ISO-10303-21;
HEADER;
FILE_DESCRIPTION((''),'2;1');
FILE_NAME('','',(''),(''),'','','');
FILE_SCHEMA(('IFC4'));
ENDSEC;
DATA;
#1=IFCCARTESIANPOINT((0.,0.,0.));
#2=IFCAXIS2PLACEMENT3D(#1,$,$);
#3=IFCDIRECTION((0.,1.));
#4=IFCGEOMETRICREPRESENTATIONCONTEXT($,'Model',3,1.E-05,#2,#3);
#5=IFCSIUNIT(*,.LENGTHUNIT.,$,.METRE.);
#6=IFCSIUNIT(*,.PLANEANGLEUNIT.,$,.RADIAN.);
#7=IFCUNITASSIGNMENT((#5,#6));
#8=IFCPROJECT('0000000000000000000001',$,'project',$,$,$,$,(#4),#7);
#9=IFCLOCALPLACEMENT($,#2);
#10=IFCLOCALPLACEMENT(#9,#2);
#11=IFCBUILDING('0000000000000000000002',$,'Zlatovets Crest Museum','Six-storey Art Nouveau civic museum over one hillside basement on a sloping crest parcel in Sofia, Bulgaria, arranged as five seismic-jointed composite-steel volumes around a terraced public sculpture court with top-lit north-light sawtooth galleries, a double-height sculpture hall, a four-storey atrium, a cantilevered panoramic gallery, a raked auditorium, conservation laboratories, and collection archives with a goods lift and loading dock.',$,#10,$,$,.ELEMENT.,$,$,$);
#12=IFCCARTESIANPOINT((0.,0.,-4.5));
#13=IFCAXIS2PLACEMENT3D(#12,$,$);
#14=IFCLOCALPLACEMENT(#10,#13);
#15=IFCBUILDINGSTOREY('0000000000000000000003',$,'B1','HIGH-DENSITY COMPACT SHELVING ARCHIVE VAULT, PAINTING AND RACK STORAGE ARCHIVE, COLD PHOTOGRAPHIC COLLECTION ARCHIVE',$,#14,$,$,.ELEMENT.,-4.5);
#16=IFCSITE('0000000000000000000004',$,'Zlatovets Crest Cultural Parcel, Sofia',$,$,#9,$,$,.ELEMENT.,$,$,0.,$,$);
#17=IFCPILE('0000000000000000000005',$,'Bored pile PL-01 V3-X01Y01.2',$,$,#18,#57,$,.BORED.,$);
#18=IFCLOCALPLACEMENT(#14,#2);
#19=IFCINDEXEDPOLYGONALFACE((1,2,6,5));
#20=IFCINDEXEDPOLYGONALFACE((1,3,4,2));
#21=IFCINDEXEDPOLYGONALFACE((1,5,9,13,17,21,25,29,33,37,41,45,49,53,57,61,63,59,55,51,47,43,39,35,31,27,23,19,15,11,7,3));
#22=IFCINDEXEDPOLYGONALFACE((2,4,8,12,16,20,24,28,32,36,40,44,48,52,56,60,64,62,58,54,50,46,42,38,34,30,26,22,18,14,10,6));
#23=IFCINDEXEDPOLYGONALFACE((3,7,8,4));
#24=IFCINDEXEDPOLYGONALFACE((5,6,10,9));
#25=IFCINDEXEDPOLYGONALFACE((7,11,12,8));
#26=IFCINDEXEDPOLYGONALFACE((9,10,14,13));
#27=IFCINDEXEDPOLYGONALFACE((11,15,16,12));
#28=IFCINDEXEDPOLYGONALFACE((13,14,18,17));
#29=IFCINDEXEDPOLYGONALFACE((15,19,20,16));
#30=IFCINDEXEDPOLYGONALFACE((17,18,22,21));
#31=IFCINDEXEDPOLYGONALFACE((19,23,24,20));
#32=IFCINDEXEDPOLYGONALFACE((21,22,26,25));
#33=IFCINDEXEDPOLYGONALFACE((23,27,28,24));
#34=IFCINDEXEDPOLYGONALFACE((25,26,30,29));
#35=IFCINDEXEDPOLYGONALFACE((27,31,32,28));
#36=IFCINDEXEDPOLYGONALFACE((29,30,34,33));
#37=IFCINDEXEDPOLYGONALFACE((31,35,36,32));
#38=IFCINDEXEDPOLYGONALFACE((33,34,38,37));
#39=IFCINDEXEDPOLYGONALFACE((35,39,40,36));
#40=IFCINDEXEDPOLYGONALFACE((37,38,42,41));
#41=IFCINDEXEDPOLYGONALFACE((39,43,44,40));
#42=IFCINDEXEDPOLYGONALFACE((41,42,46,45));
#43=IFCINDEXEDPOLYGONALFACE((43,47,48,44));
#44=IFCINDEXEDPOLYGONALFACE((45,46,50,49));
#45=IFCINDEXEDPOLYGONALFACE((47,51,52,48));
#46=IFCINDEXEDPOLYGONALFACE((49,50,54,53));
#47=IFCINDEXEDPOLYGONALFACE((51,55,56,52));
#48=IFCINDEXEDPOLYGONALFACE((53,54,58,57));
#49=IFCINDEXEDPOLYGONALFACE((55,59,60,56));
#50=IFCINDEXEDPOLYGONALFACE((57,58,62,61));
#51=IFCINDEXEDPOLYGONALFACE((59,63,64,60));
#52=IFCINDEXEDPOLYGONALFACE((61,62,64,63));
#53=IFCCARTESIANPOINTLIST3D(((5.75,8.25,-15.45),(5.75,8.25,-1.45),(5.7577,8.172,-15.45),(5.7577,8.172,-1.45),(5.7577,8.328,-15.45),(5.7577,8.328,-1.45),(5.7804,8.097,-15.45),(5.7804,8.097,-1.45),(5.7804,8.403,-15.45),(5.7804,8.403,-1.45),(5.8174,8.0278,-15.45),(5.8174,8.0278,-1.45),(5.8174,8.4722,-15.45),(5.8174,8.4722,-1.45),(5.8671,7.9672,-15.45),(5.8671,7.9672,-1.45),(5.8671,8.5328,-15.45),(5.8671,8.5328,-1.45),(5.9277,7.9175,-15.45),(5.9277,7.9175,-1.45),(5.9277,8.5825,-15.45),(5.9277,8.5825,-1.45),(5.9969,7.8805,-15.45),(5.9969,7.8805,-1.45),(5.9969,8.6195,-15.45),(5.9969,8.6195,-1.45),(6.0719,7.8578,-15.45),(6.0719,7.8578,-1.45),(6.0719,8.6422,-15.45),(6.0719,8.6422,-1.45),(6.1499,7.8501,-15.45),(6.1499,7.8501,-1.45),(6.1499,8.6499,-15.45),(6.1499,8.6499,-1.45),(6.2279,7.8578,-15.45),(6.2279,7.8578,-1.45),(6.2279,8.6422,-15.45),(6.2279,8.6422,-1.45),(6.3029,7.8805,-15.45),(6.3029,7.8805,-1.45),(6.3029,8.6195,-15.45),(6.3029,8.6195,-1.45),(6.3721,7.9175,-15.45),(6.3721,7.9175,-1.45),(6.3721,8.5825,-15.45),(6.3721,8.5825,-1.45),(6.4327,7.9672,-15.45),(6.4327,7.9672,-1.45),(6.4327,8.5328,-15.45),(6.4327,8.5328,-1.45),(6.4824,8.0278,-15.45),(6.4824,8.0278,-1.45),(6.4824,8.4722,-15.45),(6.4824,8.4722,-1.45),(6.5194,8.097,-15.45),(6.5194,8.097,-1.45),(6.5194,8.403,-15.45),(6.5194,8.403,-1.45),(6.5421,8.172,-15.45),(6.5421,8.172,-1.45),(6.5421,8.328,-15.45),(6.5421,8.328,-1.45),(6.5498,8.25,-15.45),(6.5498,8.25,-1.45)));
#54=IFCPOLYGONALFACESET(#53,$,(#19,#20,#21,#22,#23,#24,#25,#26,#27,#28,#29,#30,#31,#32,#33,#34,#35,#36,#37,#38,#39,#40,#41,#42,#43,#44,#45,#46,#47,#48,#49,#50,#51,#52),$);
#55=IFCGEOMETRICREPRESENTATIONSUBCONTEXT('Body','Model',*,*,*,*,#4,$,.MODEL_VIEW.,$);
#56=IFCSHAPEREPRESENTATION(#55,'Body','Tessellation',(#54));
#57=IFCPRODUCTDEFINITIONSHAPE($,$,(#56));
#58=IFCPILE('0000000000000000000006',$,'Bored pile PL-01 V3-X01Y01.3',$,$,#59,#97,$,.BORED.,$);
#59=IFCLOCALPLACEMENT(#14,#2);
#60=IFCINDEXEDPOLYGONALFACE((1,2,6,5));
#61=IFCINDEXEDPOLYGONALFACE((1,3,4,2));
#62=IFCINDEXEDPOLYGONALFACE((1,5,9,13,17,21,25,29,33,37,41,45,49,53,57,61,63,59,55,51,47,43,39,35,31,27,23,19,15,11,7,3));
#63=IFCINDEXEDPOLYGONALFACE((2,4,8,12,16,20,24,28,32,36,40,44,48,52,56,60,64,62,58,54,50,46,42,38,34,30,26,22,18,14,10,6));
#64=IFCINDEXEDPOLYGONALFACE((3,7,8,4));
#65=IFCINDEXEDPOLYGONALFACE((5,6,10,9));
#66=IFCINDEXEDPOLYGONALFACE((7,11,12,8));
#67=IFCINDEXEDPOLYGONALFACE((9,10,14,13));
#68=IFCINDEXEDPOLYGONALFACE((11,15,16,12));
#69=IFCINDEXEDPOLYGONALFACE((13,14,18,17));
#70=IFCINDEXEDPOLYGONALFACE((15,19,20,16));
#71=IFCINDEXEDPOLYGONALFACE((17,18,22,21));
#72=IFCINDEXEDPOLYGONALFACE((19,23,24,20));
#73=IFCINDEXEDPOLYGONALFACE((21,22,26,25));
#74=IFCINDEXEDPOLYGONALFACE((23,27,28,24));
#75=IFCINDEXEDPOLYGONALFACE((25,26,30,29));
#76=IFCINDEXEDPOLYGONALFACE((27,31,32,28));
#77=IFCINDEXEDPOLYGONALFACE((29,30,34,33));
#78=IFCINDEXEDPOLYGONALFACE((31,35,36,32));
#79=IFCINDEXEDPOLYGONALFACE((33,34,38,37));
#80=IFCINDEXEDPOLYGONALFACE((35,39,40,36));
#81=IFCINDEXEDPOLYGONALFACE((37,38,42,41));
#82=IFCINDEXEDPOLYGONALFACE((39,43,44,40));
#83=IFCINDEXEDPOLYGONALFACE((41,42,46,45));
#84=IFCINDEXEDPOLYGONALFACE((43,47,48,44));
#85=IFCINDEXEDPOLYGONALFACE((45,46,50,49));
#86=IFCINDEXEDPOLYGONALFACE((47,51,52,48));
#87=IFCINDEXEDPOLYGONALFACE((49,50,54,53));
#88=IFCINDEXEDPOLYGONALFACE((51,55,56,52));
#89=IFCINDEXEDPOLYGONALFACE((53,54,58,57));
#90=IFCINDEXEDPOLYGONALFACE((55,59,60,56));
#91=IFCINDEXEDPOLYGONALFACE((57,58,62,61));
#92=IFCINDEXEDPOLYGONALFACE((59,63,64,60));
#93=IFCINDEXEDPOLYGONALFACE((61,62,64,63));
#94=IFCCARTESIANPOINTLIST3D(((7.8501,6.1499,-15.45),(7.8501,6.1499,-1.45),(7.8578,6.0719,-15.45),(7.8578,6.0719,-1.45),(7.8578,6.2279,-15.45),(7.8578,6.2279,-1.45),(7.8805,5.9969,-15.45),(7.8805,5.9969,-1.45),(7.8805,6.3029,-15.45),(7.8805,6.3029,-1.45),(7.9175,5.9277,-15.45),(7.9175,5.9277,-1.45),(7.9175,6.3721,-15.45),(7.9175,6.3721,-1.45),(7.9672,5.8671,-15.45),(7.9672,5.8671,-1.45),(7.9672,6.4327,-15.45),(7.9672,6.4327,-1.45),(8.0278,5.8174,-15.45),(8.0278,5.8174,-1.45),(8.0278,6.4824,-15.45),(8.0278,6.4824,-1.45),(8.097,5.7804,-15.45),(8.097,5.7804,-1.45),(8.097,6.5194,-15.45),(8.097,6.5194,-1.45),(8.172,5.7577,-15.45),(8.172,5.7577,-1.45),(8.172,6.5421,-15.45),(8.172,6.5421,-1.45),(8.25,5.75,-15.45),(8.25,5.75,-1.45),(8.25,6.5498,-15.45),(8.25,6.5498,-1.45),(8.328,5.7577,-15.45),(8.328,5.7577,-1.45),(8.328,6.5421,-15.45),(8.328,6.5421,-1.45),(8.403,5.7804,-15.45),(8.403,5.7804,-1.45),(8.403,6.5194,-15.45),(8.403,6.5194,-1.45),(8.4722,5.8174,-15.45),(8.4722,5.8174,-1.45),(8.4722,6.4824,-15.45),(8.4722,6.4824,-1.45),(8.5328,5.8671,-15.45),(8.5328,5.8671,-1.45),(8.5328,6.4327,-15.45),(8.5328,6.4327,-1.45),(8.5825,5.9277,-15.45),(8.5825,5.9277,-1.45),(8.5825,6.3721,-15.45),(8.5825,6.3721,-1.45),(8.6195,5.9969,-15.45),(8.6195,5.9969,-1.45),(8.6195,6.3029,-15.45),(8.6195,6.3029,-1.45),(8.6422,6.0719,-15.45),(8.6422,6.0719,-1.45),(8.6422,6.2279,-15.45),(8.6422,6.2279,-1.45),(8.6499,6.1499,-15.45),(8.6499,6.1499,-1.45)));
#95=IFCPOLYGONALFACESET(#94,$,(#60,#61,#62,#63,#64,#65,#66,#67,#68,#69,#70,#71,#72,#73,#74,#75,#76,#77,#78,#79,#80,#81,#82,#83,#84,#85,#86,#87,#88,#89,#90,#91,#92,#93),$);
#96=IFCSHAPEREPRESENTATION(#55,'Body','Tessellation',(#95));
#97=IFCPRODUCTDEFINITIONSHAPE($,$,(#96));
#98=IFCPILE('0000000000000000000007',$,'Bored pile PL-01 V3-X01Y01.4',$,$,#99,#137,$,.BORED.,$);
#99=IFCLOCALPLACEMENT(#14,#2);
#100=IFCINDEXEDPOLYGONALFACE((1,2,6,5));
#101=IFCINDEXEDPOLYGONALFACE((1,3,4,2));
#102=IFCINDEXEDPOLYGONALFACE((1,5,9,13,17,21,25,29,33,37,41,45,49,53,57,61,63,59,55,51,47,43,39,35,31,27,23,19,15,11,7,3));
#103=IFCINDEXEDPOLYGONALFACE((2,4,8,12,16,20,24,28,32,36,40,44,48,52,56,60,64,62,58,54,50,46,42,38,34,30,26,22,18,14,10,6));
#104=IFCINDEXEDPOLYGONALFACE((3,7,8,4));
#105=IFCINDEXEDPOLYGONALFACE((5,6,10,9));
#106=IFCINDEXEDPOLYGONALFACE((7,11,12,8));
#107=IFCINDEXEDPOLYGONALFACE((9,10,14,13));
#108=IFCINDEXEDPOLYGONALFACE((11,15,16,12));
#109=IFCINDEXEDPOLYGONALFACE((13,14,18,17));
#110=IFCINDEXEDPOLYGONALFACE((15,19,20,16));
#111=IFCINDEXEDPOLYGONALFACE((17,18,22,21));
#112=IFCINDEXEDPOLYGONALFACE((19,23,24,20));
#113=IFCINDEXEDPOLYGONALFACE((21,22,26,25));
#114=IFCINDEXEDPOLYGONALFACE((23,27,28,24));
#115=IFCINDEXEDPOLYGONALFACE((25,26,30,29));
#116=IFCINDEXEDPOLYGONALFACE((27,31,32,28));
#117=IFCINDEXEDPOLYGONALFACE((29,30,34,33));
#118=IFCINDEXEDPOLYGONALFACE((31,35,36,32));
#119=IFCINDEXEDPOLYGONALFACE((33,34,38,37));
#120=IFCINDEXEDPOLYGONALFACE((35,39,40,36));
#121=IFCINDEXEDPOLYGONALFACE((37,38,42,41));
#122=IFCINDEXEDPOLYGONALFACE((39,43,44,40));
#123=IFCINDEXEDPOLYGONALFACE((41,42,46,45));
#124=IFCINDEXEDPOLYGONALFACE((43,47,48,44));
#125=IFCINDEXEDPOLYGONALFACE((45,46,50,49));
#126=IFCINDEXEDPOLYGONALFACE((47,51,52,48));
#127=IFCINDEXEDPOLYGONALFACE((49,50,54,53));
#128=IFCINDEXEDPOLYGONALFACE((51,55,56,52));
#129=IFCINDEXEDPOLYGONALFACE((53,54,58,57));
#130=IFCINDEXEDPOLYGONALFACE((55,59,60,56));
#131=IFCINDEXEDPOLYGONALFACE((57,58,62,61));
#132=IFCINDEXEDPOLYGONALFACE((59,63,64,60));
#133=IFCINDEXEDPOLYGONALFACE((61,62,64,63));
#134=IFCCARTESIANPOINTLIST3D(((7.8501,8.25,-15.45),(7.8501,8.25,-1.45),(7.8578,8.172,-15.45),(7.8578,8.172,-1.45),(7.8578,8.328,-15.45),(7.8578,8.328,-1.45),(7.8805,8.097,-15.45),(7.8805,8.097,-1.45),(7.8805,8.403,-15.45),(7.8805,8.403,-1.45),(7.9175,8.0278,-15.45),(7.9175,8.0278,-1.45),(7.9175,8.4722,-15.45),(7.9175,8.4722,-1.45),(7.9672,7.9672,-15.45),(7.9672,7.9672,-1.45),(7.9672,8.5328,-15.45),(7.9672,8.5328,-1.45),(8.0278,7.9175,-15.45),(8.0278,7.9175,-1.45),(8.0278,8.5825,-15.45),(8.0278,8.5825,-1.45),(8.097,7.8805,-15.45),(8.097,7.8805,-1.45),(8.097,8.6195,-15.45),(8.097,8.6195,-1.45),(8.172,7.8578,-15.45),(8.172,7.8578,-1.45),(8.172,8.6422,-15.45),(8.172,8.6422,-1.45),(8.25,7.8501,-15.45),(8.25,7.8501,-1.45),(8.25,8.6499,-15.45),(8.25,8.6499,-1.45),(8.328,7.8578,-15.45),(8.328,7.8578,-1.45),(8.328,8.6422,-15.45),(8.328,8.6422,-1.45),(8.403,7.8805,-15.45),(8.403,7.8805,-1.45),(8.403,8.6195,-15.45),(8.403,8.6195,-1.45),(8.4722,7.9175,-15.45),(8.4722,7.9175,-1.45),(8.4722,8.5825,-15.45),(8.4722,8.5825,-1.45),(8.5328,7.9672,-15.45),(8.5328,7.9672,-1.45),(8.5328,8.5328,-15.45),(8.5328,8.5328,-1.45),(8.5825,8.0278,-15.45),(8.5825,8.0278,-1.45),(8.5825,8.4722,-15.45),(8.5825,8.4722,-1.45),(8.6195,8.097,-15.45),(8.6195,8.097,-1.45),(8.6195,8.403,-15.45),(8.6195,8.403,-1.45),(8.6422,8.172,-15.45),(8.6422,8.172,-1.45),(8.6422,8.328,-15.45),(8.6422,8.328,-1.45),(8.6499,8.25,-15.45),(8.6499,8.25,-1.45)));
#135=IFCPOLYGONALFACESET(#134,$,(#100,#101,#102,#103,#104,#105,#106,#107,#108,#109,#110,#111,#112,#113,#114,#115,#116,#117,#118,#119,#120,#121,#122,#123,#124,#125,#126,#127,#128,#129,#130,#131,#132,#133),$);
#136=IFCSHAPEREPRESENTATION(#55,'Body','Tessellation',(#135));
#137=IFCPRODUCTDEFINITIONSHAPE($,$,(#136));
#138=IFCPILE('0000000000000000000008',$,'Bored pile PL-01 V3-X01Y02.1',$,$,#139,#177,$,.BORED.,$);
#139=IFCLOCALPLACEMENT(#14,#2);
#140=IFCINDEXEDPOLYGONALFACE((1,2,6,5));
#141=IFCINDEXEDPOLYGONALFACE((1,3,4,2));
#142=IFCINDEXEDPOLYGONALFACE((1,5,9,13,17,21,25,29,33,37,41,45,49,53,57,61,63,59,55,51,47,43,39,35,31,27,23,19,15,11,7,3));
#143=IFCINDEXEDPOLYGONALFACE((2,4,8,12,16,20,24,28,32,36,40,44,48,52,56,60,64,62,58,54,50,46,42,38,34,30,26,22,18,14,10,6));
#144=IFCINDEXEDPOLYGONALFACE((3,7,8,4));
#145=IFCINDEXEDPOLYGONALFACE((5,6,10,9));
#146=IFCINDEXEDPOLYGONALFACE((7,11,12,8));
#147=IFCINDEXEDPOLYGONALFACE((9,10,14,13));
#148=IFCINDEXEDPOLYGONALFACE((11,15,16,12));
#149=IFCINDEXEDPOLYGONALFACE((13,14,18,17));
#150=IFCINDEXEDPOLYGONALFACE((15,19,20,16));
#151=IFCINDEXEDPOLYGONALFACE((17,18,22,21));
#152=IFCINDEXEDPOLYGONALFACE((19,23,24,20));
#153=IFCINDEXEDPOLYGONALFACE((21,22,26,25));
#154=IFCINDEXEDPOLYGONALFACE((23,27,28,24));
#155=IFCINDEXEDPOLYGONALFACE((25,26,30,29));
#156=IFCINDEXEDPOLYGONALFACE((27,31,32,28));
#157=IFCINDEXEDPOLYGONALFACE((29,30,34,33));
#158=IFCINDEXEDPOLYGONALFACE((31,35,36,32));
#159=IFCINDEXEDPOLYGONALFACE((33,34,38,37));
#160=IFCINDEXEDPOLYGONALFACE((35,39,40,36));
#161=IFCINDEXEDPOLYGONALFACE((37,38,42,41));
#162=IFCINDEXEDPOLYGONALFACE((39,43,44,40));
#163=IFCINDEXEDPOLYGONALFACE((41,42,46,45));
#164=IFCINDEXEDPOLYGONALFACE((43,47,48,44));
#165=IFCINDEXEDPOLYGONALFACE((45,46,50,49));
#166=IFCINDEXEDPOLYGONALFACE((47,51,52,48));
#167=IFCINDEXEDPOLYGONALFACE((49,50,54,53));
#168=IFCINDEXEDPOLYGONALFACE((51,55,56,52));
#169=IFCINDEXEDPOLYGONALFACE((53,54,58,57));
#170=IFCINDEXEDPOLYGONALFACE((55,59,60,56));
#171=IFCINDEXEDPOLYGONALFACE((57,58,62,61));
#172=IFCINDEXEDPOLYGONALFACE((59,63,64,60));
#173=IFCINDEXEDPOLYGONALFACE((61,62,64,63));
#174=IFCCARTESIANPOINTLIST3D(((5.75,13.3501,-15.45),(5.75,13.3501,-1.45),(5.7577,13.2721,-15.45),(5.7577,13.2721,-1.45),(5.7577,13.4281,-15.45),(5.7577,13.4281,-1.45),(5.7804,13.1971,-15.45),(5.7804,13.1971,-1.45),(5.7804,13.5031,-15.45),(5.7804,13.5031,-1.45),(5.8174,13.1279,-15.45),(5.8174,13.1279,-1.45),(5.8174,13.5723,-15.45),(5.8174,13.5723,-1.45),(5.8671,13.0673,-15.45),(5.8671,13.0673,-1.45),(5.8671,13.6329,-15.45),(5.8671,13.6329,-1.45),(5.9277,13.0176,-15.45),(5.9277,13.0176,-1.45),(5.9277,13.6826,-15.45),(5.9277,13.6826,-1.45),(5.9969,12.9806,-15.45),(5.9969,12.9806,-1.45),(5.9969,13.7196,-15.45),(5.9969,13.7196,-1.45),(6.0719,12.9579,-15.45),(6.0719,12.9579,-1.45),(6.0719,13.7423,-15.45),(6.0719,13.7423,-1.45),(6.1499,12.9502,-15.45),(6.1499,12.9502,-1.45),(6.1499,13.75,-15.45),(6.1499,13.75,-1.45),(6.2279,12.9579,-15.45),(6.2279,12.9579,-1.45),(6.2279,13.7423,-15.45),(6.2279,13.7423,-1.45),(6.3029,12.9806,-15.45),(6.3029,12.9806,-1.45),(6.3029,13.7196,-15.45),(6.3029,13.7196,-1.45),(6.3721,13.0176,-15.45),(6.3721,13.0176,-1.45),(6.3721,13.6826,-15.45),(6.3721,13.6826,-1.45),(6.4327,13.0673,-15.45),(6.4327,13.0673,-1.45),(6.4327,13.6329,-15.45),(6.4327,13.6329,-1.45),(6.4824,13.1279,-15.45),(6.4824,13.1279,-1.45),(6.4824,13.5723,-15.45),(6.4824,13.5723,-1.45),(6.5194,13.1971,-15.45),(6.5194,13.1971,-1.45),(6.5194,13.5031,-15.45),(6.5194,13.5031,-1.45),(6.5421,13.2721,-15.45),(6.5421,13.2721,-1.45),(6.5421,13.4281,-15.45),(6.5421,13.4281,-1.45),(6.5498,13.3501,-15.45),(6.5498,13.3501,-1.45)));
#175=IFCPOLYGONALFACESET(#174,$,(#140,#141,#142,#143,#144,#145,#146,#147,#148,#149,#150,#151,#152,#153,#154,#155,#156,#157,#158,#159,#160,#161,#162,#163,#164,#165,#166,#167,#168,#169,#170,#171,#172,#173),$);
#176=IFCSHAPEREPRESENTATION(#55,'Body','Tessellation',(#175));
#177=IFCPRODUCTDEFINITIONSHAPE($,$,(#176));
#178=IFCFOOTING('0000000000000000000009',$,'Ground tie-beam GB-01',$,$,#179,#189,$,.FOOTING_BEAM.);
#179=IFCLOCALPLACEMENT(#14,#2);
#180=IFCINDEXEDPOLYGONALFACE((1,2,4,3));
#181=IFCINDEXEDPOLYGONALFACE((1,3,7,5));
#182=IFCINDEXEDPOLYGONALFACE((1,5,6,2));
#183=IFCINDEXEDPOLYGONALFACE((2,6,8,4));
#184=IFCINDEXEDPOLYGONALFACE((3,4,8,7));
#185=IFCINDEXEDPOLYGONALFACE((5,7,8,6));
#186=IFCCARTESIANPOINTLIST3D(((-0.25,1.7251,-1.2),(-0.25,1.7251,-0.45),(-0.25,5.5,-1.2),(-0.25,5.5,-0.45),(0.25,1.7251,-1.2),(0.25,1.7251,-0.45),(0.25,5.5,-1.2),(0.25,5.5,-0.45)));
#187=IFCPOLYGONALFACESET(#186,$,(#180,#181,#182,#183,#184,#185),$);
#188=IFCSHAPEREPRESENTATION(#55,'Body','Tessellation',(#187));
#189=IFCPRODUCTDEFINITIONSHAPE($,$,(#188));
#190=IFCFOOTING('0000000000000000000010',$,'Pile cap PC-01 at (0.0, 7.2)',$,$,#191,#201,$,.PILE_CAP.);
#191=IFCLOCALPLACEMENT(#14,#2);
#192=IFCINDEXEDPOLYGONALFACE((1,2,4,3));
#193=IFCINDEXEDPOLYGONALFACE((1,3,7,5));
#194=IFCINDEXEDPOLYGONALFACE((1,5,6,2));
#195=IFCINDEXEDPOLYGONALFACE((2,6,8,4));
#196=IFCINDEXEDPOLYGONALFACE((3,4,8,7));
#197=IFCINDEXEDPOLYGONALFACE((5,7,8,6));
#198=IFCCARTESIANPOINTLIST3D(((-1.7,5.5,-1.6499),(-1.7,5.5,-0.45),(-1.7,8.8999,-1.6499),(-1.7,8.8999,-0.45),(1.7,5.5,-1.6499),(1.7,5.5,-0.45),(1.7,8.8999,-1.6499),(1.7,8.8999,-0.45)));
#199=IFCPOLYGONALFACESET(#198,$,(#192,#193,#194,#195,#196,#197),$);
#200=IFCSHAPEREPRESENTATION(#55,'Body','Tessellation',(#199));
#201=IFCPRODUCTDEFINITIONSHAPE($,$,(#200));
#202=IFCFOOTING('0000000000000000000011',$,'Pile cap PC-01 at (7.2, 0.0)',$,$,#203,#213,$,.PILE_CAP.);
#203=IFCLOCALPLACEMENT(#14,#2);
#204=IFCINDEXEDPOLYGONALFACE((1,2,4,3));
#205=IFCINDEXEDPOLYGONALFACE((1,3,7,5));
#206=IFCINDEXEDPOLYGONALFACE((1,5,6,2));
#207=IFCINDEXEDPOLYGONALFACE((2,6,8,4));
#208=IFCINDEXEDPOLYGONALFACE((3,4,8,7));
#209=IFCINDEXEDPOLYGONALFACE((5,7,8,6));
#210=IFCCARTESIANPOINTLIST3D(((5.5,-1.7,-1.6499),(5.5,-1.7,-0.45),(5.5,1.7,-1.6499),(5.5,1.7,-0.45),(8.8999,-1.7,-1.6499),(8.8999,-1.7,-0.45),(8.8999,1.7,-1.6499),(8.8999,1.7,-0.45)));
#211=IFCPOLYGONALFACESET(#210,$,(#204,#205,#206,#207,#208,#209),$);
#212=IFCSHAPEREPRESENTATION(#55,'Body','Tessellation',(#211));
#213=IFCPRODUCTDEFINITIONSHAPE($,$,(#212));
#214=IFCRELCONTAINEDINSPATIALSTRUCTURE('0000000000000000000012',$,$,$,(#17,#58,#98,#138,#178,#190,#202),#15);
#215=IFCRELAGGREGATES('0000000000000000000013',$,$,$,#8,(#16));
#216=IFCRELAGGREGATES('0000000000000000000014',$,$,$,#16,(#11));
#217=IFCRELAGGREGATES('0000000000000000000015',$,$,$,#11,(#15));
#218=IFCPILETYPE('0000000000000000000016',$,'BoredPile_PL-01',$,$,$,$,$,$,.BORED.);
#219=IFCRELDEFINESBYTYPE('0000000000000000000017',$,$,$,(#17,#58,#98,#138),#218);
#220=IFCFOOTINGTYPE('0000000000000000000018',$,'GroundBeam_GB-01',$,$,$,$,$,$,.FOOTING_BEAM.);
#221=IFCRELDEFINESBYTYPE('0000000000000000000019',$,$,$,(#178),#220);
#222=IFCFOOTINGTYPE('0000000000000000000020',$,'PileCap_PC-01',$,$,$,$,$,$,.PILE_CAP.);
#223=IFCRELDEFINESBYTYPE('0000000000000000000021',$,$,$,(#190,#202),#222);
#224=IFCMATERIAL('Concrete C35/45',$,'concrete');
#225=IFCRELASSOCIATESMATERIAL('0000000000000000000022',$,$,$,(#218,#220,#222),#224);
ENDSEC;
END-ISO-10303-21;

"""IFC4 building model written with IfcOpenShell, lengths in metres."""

from ifc_helpers import new_model, si_unit, direction, frame, origin, origin_2d, place, context, subcontext, project, spatial, rectangle, circle, extrude, material, material_profile, profile_set, type_object, element, save


model = new_model("IFC4")

# Units and contexts
model_context = context("Model", 3, precision=1e-05, world=origin(), true_north=direction((0.0, 1.0)))
body_context = subcontext(model_context, "Body", "Model", "MODEL_VIEW")
ifc_project = project(units=[si_unit("LENGTHUNIT", "METRE"), si_unit("PLANEANGLEUNIT", "RADIAN")], contexts=[model_context])

# Site, building, storey
site_placement = place(None, origin())
site = spatial("IfcSite", under=ifc_project, at=site_placement, Name="Zlatovets Crest Cultural Parcel, Sofia", CompositionType="ELEMENT", RefElevation=0.0)
building_placement = place(site_placement, origin())
building = spatial("IfcBuilding", under=site, at=building_placement, Name="Zlatovets Crest Museum", Description="Six-storey Art Nouveau civic museum over one hillside basement on a sloping crest parcel in Sofia, Bulgaria, arranged as five seismic-jointed composite-steel volumes around a terraced public sculpture court with top-lit north-light sawtooth galleries, a double-height sculpture hall, a four-storey atrium, a cantilevered panoramic gallery, a raked auditorium, conservation laboratories, and collection archives with a goods lift and loading dock.", CompositionType="ELEMENT")
storey_placement = place(building_placement, frame((0.0, 0.0, -4.5)))
storey = spatial("IfcBuildingStorey", under=building, at=storey_placement, Name="B1", Description="HIGH-DENSITY COMPACT SHELVING ARCHIVE VAULT, PAINTING AND RACK STORAGE ARCHIVE, COLD PHOTOGRAPHIC COLLECTION ARCHIVE", CompositionType="ELEMENT", Elevation=-4.5)

# Piles
ifc_material_1 = material(Name="Concrete C35/45", Category="concrete")
ifc_material_profile_1 = material_profile(ifc_material_1, circle(Radius=0.3999, at=origin_2d()), Name="PILE D800")
ifc_profile_set_1 = profile_set([ifc_material_profile_1], Name="Concrete C35/45")
pile_type = type_object("IfcPileType", Name="BoredPile_PL-01", PredefinedType="BORED", material=ifc_profile_set_1)
for number, where, z_axis, x_axis, name in (
    (1, (6.1499, 8.25, -1.45), (0.0, 0.0, -1.0), (1.0, 0.0, 0.0), "Bored pile PL-01 V3-X01Y01.2"),
    (2, (8.25, 6.1499, -1.45), (0.0, 0.0, -1.0), (1.0, 0.0, 0.0), "Bored pile PL-01 V3-X01Y01.3"),
    (3, (8.25, 8.25, -1.45), (0.0, 0.0, -1.0), (1.0, 0.0, 0.0), "Bored pile PL-01 V3-X01Y01.4"),
    (4, (6.1499, 13.3501, -1.45), (0.0, 0.0, -1.0), (1.0, 0.0, 0.0), "Bored pile PL-01 V3-X01Y02.1"),
):
    element("IfcPile", number, at=place(storey_placement, frame(where, z_axis=z_axis, x_axis=x_axis)), inside=storey, type_object=pile_type, Name=name, PredefinedType="BORED", context=body_context, shape_type="SweptSolid", body=[
        extrude(circle(Radius=0.3999, at=origin_2d()), origin(), (0.0, 0.0, 1.0), 14.0),
    ])

# Footings
ifc_material_profile_2 = material_profile(ifc_material_1, rectangle(XDim=0.5, YDim=0.75, at=origin_2d()), Name="RC 500x750")
ifc_profile_set_2 = profile_set([ifc_material_profile_2], Name="Concrete C35/45")
footing_type_1 = type_object("IfcFootingType", Name="GroundBeam_GB-01", PredefinedType="FOOTING_BEAM", material=ifc_profile_set_2)
footing_1_placement = place(storey_placement, frame((0.0, 1.7251, -0.825), z_axis=(0.0, 1.0, 0.0), x_axis=(-1.0, 0.0, 0.0)))
element("IfcFooting", 5, at=footing_1_placement, inside=storey, type_object=footing_type_1, Name="Ground tie-beam GB-01", PredefinedType="FOOTING_BEAM", context=body_context, shape_type="SweptSolid", body=[
    extrude(rectangle(XDim=0.5, YDim=0.75, at=origin_2d()), origin(), (0.0, 0.0, 1.0), 3.7749),
])
footing_type_2 = type_object("IfcFootingType", Name="PileCap_PC-01", PredefinedType="PILE_CAP", material=ifc_material_1)
for number, where, z_axis, x_axis, name in (
    (6, (0.0, 7.2, -1.6499), (0.0, 0.0, 1.0), (1.0, 0.0, 0.0), "Pile cap PC-01 at (0.0, 7.2)"),
    (7, (7.2, 0.0, -1.6499), (0.0, 0.0, 1.0), (1.0, 0.0, 0.0), "Pile cap PC-01 at (7.2, 0.0)"),
):
    element("IfcFooting", number, at=place(storey_placement, frame(where, z_axis=z_axis, x_axis=x_axis)), inside=storey, type_object=footing_type_2, Name=name, PredefinedType="PILE_CAP", context=body_context, shape_type="SweptSolid", body=[
        extrude(rectangle(XDim=3.3999, YDim=3.3999, at=origin_2d()), origin(), (0.0, 0.0, 1.0), 1.2),
    ])

save(model, "model.ifc")
